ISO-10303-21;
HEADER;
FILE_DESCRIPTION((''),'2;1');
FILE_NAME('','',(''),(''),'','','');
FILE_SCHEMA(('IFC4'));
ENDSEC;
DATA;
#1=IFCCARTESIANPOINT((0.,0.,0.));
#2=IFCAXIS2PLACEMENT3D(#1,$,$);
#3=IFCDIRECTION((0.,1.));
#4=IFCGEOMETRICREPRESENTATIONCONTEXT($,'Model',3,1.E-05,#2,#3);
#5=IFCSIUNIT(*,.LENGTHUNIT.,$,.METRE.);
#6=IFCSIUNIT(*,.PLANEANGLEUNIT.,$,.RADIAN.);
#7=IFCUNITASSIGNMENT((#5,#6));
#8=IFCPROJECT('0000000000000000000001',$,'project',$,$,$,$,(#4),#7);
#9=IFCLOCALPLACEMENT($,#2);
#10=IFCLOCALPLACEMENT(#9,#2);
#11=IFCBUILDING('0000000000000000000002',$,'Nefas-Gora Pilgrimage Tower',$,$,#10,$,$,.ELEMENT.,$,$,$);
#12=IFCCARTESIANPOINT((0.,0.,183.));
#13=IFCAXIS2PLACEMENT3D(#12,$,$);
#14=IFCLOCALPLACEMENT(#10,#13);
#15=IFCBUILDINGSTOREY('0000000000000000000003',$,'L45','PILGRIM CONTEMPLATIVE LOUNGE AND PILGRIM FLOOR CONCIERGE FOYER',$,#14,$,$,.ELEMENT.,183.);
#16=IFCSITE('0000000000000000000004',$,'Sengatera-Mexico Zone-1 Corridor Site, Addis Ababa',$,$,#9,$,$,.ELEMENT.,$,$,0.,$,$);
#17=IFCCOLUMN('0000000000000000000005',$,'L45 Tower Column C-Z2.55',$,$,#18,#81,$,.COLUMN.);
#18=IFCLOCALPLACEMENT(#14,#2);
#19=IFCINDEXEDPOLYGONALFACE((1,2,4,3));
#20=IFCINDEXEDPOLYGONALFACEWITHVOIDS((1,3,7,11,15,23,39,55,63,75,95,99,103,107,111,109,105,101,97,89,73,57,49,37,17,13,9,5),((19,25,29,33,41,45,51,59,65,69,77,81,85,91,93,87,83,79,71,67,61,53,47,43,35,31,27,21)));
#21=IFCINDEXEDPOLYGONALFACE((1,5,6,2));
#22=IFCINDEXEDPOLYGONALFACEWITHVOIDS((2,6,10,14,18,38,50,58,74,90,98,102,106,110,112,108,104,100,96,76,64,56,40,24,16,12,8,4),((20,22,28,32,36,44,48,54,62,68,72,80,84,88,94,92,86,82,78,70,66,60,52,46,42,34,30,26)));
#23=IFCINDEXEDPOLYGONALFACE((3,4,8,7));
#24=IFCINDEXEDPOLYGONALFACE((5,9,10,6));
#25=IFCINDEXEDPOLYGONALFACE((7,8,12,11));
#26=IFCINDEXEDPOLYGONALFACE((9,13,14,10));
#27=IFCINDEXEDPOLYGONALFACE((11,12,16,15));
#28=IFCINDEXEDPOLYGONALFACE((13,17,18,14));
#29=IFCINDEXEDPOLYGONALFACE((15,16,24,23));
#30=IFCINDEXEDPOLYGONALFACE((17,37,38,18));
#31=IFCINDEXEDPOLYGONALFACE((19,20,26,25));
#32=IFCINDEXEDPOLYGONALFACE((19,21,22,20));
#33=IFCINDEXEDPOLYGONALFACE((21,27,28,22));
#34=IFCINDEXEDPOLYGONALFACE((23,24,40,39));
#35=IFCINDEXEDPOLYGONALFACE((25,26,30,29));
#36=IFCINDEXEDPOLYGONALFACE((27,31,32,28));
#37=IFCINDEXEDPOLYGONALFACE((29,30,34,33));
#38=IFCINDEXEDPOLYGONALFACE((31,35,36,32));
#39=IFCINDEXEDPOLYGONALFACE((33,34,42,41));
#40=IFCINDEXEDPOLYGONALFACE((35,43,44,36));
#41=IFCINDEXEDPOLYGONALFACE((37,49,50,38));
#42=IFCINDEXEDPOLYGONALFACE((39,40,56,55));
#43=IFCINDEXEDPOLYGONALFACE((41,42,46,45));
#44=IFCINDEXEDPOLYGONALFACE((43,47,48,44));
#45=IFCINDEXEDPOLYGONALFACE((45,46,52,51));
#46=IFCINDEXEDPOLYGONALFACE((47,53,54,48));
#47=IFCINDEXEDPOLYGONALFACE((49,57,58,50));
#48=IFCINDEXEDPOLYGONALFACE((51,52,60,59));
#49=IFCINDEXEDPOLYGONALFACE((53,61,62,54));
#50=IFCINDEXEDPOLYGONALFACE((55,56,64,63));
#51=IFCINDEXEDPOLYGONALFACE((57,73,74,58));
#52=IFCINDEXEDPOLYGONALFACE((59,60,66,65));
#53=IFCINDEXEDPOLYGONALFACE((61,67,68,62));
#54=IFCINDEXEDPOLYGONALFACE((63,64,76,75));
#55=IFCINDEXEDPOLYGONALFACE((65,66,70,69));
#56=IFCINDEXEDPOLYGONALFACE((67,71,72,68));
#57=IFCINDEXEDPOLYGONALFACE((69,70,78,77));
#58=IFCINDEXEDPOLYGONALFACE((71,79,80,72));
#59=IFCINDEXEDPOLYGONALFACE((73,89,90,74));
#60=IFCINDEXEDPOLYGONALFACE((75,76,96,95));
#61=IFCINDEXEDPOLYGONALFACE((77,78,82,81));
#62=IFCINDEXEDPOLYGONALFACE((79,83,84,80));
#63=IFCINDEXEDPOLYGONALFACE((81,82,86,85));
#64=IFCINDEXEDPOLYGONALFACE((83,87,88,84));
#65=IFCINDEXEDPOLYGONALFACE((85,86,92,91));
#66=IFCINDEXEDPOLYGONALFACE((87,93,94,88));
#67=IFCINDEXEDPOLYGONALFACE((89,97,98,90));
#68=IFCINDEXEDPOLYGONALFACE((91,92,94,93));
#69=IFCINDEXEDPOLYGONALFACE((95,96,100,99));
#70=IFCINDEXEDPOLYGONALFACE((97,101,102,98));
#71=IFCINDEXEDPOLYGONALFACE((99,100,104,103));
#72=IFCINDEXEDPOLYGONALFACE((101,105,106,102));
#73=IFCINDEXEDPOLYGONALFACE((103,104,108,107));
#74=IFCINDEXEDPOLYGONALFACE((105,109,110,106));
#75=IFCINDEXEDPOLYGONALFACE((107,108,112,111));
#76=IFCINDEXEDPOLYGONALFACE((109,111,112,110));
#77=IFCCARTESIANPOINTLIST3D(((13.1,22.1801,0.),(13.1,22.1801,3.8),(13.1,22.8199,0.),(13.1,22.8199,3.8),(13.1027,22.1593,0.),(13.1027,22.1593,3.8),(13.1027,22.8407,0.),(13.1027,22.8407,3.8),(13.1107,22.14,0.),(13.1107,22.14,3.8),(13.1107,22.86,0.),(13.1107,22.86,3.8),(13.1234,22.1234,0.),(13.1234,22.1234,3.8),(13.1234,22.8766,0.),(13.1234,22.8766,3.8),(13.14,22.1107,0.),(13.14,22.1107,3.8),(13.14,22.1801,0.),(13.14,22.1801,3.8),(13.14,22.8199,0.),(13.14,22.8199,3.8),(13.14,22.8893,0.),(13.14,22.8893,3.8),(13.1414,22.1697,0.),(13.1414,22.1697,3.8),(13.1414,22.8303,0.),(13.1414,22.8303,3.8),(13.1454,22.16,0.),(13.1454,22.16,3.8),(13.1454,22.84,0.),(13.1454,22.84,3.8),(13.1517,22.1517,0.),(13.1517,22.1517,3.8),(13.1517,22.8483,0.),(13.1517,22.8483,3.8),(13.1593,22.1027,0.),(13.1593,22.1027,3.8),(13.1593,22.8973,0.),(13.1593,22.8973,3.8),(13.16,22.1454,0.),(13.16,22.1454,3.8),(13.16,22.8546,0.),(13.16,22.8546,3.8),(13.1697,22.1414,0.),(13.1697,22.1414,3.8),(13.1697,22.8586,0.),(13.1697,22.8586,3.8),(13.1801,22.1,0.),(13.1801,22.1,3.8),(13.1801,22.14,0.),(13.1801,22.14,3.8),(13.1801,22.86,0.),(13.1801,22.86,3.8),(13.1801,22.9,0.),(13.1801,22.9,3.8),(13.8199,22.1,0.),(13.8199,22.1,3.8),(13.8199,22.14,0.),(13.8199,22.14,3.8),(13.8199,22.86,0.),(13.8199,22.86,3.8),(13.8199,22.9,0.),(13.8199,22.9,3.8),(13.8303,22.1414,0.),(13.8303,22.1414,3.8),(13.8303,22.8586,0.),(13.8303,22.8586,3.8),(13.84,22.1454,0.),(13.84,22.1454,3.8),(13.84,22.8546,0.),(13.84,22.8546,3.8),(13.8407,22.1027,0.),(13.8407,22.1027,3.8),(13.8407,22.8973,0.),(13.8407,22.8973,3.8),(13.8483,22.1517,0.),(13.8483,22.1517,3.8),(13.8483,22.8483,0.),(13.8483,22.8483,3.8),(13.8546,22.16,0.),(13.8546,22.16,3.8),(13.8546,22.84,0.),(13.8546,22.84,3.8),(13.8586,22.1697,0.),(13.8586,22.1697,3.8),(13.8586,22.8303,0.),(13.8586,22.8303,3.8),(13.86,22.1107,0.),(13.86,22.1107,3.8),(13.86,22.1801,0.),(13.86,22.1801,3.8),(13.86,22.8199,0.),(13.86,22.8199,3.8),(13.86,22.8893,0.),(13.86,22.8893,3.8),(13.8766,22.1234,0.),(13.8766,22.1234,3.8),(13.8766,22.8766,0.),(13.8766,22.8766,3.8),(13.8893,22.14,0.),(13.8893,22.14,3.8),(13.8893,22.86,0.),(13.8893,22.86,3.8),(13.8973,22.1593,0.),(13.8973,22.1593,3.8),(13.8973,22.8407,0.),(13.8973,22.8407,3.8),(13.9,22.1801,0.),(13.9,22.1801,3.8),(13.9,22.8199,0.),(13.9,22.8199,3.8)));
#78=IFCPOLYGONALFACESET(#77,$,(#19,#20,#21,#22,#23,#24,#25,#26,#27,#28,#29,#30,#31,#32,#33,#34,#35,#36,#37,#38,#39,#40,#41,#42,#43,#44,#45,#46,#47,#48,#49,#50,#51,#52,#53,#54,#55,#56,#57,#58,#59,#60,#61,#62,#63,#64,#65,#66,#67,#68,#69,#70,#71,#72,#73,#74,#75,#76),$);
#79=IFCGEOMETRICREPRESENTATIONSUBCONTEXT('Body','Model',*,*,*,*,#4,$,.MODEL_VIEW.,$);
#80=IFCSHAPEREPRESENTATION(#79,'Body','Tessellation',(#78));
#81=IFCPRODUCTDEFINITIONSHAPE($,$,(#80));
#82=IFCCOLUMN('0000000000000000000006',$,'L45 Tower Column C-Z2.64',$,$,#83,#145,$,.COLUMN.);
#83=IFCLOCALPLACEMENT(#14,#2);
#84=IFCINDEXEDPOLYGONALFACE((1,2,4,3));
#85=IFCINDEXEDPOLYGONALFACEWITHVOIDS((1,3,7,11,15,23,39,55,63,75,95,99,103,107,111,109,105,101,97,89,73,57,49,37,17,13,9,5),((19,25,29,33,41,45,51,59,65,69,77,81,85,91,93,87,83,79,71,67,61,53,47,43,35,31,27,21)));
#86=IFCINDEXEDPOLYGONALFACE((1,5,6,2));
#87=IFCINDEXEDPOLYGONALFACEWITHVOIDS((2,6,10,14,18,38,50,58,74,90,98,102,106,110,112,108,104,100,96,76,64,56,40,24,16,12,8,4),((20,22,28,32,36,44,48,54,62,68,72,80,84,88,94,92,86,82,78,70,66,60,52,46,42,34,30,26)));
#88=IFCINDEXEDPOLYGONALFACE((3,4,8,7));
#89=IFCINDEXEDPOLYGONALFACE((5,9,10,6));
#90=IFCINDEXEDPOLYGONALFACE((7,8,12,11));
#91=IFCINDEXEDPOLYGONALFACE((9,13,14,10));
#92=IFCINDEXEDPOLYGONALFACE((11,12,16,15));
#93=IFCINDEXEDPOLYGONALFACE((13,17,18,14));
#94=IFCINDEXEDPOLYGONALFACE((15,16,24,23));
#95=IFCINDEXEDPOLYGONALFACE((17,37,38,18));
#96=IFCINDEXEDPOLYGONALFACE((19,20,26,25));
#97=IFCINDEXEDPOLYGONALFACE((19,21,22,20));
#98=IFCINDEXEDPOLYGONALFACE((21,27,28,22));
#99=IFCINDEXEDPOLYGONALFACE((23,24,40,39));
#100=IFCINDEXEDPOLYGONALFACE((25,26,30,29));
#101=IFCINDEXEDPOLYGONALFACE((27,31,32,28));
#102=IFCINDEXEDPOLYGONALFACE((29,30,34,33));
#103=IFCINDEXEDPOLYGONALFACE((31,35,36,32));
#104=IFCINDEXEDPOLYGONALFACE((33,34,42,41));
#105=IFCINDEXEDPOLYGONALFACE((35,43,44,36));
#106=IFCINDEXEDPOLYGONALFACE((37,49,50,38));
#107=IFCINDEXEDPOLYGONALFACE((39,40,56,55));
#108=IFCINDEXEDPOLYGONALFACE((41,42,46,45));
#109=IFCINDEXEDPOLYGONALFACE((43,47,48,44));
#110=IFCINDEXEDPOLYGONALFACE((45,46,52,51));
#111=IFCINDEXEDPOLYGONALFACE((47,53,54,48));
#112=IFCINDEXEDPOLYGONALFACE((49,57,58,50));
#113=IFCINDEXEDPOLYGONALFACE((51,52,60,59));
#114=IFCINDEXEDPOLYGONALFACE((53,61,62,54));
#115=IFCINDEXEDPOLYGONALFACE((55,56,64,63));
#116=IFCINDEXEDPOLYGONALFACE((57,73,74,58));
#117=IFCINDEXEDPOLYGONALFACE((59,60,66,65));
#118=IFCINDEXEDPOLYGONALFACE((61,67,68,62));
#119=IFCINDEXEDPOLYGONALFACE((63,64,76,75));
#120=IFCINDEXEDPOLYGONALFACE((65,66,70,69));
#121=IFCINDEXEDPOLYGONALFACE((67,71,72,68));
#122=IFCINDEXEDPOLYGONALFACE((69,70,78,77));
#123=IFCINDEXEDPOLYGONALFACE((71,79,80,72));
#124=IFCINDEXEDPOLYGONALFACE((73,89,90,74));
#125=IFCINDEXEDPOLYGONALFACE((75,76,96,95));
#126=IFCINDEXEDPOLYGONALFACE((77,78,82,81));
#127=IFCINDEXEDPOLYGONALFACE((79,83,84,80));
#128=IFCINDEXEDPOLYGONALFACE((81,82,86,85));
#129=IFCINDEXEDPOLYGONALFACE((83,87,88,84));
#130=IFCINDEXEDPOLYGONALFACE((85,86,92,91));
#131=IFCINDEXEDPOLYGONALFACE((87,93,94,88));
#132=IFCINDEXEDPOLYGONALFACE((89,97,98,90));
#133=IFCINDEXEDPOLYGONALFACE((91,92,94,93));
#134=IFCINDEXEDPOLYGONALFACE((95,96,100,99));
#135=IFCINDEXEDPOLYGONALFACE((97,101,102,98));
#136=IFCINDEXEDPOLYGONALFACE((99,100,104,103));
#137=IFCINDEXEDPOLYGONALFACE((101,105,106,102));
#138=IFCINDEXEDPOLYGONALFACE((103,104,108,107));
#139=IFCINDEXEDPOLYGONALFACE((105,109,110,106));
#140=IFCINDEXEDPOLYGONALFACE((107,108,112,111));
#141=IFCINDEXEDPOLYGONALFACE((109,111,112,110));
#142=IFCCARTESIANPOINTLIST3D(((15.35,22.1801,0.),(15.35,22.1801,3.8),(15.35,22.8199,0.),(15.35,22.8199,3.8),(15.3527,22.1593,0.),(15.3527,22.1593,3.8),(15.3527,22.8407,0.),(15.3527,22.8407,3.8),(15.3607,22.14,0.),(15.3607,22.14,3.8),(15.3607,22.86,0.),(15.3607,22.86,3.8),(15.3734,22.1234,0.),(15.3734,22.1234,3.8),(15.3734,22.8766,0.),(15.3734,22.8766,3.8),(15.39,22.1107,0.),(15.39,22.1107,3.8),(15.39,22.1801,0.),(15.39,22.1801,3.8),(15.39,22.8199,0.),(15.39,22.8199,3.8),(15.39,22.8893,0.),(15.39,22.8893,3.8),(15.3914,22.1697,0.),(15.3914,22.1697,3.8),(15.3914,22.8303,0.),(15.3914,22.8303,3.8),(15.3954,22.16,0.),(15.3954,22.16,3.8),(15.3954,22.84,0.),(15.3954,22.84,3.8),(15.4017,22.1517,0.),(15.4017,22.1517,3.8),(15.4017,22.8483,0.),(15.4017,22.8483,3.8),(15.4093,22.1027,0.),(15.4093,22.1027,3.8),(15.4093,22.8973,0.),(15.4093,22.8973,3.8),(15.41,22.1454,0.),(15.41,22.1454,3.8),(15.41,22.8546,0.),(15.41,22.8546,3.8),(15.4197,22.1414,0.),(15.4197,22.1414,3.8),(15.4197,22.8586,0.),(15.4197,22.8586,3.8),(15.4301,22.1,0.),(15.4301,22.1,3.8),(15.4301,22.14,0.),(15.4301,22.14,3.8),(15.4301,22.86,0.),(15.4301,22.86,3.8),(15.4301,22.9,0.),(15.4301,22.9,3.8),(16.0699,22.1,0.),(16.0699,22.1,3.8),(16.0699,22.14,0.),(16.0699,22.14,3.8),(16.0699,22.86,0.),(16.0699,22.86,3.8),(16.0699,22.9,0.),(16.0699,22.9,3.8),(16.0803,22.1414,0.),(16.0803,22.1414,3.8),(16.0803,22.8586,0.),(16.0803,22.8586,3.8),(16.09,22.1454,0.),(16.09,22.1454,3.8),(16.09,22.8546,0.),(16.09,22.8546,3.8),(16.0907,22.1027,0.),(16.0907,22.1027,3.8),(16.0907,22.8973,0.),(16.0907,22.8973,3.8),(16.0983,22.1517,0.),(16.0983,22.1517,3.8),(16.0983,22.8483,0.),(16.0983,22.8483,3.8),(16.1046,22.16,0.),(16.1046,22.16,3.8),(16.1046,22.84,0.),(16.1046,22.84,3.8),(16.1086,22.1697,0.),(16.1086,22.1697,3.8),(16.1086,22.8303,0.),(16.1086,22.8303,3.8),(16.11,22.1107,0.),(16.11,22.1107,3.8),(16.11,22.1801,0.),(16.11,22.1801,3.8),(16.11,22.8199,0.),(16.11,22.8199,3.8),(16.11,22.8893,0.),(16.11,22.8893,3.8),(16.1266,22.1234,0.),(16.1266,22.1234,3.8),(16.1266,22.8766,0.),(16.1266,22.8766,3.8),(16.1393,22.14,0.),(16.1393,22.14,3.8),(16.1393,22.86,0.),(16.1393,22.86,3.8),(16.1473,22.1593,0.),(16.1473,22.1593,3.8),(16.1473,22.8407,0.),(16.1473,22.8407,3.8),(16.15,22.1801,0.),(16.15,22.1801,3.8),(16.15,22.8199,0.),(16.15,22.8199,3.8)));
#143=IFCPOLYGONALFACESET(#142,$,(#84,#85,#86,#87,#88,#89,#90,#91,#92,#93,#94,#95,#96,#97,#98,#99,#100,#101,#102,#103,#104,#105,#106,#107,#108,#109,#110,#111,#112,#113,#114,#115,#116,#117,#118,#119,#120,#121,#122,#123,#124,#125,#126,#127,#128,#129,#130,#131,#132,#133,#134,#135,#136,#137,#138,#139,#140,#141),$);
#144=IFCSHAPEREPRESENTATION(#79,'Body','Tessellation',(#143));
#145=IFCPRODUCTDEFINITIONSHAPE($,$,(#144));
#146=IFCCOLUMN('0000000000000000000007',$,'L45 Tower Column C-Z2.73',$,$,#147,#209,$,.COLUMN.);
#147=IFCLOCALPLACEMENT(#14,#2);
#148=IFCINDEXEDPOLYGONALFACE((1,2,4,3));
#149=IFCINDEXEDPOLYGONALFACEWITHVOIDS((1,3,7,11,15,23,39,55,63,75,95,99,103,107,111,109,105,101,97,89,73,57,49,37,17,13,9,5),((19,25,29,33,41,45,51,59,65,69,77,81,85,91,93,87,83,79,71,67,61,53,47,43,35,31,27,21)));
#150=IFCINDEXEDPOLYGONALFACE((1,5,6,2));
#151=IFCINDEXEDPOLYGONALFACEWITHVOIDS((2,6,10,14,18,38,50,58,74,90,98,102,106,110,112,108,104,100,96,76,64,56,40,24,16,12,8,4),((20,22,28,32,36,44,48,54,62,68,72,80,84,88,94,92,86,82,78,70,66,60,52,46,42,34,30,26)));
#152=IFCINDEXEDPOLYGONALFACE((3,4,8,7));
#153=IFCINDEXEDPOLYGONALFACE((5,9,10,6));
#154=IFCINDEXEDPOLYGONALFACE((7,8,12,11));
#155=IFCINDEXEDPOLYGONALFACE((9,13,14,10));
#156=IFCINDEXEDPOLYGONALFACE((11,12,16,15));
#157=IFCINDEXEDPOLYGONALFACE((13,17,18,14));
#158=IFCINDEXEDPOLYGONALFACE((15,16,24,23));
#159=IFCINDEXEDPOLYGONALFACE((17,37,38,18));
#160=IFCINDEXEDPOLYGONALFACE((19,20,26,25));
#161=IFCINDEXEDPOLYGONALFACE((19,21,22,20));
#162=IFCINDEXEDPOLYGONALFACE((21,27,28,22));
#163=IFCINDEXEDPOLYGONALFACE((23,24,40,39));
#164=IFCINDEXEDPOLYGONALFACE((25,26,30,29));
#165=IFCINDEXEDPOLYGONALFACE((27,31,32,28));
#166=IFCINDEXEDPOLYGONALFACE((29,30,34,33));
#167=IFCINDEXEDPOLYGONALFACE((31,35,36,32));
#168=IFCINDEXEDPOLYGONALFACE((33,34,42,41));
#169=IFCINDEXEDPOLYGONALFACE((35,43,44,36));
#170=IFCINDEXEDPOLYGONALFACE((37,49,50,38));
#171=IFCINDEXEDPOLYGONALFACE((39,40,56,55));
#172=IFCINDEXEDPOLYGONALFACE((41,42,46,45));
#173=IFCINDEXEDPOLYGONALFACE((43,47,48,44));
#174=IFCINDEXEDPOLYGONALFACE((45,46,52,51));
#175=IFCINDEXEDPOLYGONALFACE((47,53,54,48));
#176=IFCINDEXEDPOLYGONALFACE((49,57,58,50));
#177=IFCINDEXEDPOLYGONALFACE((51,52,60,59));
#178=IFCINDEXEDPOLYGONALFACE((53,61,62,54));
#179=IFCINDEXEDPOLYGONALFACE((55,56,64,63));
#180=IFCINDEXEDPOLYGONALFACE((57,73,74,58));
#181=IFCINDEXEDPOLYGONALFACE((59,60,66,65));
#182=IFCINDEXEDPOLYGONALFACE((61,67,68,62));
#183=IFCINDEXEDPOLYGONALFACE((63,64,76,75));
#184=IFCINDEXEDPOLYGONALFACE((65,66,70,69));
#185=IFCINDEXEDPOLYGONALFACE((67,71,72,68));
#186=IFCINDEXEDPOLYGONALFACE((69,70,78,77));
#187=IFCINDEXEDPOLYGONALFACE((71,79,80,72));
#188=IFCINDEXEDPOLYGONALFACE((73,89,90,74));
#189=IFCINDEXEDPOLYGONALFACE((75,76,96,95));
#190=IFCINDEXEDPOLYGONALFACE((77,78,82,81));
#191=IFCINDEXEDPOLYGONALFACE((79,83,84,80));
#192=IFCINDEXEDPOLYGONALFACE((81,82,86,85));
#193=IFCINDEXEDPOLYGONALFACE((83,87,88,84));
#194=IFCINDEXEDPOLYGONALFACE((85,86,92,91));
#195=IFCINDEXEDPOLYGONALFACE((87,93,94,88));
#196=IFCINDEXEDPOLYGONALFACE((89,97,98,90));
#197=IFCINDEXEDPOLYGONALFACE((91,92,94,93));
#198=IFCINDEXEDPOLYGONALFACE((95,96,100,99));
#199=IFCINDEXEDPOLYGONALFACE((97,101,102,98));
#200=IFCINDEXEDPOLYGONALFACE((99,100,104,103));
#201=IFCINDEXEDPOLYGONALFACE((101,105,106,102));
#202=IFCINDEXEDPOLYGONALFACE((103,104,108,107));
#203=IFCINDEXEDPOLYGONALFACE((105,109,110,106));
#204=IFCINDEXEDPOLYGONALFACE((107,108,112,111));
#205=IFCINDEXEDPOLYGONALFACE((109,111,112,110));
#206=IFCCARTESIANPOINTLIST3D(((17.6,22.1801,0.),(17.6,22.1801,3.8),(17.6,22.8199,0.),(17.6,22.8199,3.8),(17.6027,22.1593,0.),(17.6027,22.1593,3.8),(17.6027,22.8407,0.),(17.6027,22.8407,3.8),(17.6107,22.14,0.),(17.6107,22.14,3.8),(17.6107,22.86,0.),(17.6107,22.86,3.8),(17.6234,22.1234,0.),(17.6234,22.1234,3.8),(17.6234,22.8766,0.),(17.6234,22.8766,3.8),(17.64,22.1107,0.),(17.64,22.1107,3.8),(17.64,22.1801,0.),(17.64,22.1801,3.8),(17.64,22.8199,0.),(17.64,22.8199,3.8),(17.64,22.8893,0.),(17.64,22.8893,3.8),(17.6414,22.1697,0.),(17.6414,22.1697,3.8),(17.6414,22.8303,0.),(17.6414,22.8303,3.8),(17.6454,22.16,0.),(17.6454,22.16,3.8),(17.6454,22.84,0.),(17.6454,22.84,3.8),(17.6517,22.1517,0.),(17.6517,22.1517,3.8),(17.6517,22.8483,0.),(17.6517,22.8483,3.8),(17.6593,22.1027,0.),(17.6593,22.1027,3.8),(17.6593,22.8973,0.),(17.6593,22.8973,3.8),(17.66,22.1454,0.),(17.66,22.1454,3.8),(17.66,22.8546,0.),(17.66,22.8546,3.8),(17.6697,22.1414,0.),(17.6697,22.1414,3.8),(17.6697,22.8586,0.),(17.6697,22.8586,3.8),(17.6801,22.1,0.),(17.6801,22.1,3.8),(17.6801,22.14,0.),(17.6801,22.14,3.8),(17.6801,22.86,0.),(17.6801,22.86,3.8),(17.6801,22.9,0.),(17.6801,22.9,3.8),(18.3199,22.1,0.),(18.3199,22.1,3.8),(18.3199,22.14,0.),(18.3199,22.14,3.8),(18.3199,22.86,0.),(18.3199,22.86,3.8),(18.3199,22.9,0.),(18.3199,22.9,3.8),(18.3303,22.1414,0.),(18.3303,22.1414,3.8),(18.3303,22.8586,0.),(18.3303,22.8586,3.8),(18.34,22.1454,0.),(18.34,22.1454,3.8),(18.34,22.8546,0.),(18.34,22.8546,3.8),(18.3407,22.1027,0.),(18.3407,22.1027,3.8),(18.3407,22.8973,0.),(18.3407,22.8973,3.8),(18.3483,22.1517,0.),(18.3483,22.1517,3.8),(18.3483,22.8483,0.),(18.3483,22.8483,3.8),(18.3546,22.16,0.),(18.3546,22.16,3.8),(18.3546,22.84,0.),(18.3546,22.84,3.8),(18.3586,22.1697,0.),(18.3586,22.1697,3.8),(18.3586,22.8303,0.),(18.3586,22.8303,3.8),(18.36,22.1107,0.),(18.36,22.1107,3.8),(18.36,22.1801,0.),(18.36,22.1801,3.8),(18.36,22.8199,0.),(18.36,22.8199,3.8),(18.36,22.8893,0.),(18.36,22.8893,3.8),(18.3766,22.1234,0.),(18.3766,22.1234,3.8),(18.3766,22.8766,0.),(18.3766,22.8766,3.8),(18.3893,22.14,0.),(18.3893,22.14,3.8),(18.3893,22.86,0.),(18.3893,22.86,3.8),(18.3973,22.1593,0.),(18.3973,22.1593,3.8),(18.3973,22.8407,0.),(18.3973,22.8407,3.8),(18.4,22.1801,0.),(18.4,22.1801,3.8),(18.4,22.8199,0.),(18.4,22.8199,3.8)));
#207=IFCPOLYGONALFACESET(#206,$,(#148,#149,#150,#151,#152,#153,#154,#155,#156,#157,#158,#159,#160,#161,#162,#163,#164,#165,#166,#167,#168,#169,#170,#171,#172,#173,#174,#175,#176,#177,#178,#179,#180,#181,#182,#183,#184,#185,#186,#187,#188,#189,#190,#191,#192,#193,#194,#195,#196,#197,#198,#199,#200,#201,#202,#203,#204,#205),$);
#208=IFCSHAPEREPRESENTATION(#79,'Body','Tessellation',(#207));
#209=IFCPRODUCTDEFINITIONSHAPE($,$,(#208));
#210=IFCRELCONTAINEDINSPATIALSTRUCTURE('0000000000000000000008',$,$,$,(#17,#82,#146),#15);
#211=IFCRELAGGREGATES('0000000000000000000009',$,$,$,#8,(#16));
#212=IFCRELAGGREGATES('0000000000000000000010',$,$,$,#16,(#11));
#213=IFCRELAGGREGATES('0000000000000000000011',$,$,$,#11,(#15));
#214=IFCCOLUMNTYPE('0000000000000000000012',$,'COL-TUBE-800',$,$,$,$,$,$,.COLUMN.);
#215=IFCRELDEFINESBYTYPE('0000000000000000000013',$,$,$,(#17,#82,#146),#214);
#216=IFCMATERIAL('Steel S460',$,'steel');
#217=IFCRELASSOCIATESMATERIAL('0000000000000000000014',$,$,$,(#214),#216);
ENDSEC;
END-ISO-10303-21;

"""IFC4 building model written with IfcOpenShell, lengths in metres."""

from ifc_helpers import new_model, si_unit, direction, frame, origin, origin_2d, place, context, subcontext, project, spatial, hollow_rectangle, extrude, source, transform, mapped, material, material_profile, profile_set, type_object, element, save


model = new_model("IFC4")

# Units and contexts
model_context = context("Model", 3, precision=1e-05, world=origin(), true_north=direction((0.0, 1.0)))
body_context = subcontext(model_context, "Body", "Model", "MODEL_VIEW")
ifc_project = project(units=[si_unit("LENGTHUNIT", "METRE"), si_unit("PLANEANGLEUNIT", "RADIAN")], contexts=[model_context])

# Site, building, storey
site_placement = place(None, origin())
site = spatial("IfcSite", under=ifc_project, at=site_placement, Name="Sengatera-Mexico Zone-1 Corridor Site, Addis Ababa", CompositionType="ELEMENT", RefElevation=0.0)
building_placement = place(site_placement, origin())
building = spatial("IfcBuilding", under=site, at=building_placement, Name="Nefas-Gora Pilgrimage Tower", CompositionType="ELEMENT")
storey_placement = place(building_placement, frame((0.0, 0.0, 183.0)))
storey = spatial("IfcBuildingStorey", under=building, at=storey_placement, Name="L45", Description="PILGRIM CONTEMPLATIVE LOUNGE AND PILGRIM FLOOR CONCIERGE FOYER", CompositionType="ELEMENT", Elevation=183.0)

# Columns
ifc_material_1 = material(Name="Steel S460", Category="steel")
ifc_material_profile_1 = material_profile(ifc_material_1, hollow_rectangle(XDim=0.8, YDim=0.8, WallThickness=0.04, InnerFilletRadius=0.04, OuterFilletRadius=0.0801, at=origin_2d()), Name="BOX 800x800x40")
ifc_profile_set_1 = profile_set([ifc_material_profile_1], Name="Steel S460")
column_type_1 = type_object("IfcColumnType", Name="COL-TUBE-800", PredefinedType="COLUMN", material=ifc_profile_set_1)
shared_shape_1 = source(origin(), body_context, "Body", "SweptSolid", [
    extrude(hollow_rectangle(XDim=0.8, YDim=0.8, WallThickness=0.04, InnerFilletRadius=0.04, OuterFilletRadius=0.0801, at=origin_2d()), origin(), (0.0, 0.0, 1.0), 3.8),
])
for number, where, z_axis, x_axis, name in (
    (1, (13.5, 22.5, 0.0), (0.0, 0.0, 1.0), (1.0, 0.0, 0.0), "L45 Tower Column C-Z2.55"),
    (2, (15.75, 22.5, 0.0), (0.0, 0.0, 1.0), (1.0, 0.0, 0.0), "L45 Tower Column C-Z2.64"),
    (3, (18.0, 22.5, 0.0), (0.0, 0.0, 1.0), (1.0, 0.0, 0.0), "L45 Tower Column C-Z2.73"),
):
    element("IfcColumn", number, at=place(storey_placement, frame(where, z_axis=z_axis, x_axis=x_axis)), inside=storey, type_object=column_type_1, Name=name, PredefinedType="COLUMN", context=body_context, shape_type="MappedRepresentation", body=[
        mapped(shared_shape_1, transform((0.0, 0.0, 0.0), x_axis=(1.0, 0.0, 0.0), y_axis=(0.0, 1.0, 0.0), z_axis=(0.0, 0.0, 1.0), scale=1.0)),
    ])

save(model, "model.ifc")
